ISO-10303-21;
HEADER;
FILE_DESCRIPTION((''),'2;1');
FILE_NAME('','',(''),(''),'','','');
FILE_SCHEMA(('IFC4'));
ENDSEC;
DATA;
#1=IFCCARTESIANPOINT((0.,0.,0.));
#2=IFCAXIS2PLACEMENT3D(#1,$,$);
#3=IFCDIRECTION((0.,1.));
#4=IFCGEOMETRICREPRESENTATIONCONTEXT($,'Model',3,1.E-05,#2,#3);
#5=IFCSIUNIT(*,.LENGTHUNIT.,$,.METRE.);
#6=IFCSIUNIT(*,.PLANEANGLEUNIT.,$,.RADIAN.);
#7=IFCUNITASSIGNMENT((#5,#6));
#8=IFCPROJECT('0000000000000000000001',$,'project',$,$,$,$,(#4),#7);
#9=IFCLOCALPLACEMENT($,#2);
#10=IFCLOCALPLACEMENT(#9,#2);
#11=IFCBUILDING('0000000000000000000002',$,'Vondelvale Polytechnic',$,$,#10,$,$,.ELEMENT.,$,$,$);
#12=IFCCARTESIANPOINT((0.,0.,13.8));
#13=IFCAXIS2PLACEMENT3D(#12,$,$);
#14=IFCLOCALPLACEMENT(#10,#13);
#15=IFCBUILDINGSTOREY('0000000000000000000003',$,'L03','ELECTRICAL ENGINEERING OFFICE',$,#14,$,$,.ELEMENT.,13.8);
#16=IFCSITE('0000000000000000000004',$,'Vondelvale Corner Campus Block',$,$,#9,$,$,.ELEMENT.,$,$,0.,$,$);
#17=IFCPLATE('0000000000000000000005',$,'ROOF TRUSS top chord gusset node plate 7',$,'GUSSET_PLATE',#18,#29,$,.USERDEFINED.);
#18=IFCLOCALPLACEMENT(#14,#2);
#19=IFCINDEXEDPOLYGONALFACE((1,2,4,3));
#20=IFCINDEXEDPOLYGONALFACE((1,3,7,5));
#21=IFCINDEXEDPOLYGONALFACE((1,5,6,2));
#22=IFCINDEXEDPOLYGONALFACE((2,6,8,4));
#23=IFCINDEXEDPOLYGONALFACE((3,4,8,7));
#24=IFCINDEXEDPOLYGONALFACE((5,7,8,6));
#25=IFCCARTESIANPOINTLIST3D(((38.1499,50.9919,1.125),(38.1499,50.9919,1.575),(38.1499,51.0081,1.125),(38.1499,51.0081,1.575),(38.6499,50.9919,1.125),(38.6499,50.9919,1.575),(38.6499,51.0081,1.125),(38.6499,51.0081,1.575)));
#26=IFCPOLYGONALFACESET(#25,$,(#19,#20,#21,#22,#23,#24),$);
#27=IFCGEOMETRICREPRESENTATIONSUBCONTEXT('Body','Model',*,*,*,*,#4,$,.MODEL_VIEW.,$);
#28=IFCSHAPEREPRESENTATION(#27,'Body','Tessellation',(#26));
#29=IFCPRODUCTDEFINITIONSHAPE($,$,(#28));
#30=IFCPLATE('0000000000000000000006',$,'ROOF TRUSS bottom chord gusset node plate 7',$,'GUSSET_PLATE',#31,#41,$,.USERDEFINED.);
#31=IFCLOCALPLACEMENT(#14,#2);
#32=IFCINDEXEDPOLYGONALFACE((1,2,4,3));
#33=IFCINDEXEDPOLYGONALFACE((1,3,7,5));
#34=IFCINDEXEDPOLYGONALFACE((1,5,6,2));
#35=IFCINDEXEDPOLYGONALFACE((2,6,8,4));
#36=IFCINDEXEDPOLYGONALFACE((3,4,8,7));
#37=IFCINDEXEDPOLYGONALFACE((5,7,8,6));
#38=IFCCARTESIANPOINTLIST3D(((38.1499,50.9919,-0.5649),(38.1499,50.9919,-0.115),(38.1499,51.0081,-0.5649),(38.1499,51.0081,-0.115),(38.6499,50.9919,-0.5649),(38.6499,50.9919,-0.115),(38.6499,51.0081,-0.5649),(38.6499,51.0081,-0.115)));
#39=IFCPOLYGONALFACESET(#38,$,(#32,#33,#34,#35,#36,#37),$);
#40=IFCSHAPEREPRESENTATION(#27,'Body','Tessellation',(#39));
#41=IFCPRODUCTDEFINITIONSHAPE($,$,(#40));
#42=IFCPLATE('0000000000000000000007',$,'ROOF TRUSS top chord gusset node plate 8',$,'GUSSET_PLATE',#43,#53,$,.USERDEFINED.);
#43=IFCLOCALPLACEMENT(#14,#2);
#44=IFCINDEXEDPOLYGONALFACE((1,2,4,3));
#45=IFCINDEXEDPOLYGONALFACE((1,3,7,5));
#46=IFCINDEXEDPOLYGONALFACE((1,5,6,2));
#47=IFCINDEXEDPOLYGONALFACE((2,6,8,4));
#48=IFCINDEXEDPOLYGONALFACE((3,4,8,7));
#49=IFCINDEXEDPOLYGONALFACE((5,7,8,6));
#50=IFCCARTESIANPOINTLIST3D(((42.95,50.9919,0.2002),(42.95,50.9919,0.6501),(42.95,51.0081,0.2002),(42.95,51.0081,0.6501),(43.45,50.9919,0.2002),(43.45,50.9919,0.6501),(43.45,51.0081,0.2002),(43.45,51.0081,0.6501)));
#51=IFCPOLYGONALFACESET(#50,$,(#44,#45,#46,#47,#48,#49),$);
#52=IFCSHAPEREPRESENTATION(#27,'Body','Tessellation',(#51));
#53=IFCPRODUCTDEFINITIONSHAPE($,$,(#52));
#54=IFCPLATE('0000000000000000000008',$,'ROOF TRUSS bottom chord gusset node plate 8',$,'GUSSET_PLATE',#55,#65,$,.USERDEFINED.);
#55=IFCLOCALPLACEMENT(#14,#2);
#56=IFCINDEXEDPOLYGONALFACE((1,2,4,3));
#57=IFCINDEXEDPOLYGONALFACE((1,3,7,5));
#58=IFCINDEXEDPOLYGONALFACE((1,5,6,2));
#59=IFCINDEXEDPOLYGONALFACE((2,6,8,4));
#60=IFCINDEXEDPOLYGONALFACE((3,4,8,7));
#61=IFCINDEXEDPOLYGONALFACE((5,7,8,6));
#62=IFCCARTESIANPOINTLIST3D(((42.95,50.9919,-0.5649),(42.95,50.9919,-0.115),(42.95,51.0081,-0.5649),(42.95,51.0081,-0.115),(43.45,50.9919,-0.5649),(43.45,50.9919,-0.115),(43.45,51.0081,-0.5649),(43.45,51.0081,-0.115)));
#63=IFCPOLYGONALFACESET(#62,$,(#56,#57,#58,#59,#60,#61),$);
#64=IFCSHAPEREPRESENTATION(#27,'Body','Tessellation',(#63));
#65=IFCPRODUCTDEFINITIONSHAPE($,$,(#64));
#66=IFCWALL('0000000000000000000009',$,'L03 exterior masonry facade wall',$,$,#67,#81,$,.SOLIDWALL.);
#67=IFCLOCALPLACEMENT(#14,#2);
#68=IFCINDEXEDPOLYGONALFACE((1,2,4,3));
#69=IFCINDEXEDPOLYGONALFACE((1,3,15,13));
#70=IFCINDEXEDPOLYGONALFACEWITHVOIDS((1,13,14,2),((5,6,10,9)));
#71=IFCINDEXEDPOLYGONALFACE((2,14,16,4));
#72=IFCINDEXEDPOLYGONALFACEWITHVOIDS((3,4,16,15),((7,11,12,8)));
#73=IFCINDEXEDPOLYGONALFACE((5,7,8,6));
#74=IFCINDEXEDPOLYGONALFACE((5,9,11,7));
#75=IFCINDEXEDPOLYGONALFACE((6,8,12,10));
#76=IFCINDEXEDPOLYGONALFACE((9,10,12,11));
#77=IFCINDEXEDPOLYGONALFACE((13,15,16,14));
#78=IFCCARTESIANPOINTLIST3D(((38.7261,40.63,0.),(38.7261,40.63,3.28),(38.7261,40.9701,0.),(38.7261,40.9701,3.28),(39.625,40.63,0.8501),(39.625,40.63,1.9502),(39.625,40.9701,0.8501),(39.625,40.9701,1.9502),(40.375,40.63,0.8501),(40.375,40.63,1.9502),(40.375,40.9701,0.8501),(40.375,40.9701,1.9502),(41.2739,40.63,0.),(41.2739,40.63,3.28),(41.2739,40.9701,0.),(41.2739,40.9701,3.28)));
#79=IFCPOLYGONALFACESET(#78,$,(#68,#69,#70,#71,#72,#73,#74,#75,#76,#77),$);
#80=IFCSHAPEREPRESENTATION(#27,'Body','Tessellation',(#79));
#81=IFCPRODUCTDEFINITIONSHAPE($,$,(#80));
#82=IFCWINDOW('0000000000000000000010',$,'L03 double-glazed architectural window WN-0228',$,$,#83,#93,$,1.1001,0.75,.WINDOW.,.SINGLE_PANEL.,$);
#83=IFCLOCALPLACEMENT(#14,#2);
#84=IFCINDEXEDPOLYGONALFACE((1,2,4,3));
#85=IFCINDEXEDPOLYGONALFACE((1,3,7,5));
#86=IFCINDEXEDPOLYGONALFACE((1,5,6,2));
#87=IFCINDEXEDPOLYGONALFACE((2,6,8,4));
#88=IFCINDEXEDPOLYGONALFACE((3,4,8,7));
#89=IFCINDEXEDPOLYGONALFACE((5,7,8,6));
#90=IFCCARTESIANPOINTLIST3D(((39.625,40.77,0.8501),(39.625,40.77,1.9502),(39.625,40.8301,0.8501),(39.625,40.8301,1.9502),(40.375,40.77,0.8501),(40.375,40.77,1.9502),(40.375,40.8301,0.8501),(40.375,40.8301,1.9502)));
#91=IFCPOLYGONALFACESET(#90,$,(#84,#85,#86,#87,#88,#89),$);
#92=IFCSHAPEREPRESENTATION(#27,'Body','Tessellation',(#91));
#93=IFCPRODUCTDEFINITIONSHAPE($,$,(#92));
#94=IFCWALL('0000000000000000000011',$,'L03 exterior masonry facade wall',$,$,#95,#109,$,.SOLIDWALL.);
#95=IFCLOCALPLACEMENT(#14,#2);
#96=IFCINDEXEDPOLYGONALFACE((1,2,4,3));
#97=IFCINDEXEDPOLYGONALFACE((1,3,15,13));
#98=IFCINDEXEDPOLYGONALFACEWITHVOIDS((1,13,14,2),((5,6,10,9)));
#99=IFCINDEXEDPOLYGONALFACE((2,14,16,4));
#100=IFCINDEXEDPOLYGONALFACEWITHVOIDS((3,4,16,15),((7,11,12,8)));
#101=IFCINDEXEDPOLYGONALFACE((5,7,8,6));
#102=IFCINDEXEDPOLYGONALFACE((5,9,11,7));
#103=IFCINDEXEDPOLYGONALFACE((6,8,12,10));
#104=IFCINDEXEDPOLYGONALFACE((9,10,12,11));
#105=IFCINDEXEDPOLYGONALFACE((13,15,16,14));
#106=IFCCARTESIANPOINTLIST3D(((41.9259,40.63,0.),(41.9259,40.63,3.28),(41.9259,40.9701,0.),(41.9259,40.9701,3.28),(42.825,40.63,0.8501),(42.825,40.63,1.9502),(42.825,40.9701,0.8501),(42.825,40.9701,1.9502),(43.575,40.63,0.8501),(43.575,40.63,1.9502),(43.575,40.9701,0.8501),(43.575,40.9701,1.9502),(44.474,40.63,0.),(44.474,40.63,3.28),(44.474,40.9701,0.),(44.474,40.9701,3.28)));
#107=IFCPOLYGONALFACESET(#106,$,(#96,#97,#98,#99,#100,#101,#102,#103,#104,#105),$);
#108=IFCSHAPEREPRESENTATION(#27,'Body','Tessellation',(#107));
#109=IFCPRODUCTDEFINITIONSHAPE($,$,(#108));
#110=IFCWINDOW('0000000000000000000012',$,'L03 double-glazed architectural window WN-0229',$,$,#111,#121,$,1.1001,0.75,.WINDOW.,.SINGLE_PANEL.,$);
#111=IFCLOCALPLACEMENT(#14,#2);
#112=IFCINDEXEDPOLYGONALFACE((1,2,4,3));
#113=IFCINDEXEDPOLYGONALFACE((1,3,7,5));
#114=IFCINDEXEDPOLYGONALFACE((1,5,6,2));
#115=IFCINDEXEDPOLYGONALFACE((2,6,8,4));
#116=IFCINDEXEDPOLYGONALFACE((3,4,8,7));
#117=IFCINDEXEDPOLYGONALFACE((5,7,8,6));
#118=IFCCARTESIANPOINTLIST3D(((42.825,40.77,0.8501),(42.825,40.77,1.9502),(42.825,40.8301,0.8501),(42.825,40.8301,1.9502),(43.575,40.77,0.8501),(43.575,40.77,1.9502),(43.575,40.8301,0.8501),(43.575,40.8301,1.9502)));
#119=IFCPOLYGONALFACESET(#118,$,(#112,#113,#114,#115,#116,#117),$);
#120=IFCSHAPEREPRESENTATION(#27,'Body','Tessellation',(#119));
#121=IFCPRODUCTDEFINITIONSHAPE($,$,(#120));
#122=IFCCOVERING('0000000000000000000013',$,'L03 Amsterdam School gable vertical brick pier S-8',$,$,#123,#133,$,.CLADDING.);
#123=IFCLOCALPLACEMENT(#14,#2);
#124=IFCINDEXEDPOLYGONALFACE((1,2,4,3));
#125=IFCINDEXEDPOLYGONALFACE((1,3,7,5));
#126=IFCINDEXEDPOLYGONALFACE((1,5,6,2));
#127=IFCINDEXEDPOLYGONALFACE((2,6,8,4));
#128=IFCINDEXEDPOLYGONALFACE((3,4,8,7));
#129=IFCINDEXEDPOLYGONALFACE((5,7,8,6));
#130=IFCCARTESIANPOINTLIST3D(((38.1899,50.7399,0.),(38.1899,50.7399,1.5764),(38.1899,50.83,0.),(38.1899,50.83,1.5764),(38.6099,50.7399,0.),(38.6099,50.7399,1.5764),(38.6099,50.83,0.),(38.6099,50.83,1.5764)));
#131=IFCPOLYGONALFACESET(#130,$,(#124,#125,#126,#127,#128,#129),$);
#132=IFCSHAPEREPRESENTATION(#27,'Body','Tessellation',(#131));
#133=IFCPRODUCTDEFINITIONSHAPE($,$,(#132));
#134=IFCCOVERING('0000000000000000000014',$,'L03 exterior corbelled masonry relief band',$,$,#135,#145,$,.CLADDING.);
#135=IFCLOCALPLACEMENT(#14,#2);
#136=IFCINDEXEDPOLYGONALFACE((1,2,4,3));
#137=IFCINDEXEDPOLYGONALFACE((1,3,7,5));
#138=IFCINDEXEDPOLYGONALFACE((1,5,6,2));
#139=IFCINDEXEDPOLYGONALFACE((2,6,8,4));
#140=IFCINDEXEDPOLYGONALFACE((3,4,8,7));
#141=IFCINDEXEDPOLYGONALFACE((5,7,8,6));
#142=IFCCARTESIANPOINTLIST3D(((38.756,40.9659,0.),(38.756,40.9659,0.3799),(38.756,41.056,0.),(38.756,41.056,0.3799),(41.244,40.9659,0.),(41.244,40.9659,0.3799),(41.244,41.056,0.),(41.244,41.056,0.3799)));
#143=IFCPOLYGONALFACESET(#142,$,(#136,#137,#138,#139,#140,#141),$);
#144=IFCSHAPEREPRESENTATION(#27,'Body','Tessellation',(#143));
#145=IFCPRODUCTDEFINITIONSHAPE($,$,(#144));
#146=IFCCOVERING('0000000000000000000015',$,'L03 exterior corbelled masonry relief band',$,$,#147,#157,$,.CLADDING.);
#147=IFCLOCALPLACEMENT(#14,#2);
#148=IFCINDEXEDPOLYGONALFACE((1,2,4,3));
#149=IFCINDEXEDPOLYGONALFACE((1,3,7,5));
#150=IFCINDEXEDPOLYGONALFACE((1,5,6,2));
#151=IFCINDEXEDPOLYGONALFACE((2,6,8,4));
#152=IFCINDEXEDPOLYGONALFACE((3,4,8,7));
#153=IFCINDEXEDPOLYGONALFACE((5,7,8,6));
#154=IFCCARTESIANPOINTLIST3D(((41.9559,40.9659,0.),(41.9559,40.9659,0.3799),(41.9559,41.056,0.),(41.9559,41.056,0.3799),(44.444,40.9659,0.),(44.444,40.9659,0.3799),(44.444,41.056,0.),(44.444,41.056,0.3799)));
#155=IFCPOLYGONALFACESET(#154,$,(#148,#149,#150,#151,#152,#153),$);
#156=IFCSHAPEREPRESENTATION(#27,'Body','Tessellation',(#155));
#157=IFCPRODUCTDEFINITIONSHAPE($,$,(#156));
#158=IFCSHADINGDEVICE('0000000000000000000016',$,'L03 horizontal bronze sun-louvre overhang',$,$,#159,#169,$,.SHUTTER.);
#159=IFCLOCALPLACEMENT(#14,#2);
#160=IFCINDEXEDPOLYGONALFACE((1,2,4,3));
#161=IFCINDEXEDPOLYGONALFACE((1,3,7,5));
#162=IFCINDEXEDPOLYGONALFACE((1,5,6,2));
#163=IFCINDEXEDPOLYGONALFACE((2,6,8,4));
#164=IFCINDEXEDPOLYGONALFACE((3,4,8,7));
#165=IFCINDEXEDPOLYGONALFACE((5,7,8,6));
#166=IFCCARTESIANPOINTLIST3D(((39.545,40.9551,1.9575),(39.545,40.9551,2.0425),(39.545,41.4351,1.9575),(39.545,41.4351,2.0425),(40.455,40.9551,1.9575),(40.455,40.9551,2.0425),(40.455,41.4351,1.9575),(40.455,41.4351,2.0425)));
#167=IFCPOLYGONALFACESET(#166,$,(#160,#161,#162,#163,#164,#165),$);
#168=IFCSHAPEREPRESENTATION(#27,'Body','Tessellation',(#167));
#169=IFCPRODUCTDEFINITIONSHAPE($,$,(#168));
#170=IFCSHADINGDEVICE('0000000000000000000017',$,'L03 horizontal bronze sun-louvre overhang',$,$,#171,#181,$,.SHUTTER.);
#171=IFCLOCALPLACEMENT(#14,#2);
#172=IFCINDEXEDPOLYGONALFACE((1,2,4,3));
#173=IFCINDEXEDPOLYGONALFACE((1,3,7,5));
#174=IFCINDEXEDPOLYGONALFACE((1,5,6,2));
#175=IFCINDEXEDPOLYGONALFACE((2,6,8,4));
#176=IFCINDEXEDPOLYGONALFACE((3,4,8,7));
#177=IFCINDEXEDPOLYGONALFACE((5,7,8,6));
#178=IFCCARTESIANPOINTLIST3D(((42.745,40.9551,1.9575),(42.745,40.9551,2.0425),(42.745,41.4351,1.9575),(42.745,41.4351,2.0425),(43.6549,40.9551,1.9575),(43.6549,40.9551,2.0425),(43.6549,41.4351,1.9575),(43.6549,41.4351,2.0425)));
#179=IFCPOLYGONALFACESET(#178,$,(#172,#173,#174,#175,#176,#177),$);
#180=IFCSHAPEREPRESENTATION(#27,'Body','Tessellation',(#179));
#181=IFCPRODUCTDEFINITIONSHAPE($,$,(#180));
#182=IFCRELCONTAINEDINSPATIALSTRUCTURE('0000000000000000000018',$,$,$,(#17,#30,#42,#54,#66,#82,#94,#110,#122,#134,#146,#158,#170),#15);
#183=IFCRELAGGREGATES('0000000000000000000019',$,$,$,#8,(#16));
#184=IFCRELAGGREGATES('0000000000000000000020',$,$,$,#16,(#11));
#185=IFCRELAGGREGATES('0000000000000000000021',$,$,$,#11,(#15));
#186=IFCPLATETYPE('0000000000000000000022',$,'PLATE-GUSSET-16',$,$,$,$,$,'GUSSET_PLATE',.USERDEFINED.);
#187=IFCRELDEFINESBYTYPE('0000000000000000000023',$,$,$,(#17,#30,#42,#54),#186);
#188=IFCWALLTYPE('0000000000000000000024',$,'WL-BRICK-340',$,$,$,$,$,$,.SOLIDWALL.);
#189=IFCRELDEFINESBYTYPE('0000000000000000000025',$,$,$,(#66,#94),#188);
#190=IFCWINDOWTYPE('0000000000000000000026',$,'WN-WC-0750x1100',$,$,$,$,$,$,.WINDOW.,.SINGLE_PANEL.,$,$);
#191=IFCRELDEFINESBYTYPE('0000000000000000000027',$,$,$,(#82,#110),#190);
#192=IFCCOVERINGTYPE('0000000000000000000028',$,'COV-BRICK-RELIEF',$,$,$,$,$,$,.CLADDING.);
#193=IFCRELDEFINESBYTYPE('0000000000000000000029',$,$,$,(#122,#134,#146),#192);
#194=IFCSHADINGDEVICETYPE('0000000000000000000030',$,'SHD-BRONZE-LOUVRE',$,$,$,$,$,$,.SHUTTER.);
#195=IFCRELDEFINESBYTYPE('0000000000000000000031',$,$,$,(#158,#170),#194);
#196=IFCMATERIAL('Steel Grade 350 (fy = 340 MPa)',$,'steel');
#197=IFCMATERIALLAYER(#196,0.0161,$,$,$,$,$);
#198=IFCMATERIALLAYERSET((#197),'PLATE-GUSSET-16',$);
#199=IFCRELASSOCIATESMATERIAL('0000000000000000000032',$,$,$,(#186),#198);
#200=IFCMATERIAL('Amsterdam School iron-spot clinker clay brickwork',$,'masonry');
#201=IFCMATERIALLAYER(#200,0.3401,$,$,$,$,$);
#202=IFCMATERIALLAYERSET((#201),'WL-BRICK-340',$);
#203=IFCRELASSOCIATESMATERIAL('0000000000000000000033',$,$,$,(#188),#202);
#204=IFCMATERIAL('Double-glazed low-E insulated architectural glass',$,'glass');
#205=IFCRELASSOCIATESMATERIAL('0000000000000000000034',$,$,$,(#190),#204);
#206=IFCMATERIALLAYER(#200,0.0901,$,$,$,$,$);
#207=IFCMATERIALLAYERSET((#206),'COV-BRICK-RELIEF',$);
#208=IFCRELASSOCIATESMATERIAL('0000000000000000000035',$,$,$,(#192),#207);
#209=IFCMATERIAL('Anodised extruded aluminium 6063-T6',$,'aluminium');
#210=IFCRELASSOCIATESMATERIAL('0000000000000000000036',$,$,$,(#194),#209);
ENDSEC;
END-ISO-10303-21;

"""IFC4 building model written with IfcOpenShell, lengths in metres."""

from ifc_helpers import new_model, si_unit, direction, frame, frame_2d, origin, origin_2d, place, context, subcontext, project, spatial, rectangle, extrude, material, layer, layer_set, type_object, element, fill, save


model = new_model("IFC4")

# Units and contexts
model_context = context("Model", 3, precision=1e-05, world=origin(), true_north=direction((0.0, 1.0)))
body_context = subcontext(model_context, "Body", "Model", "MODEL_VIEW")
ifc_project = project(units=[si_unit("LENGTHUNIT", "METRE"), si_unit("PLANEANGLEUNIT", "RADIAN")], contexts=[model_context])

# Site, building, storey
site_placement = place(None, origin())
site = spatial("IfcSite", under=ifc_project, at=site_placement, Name="Vondelvale Corner Campus Block", CompositionType="ELEMENT", RefElevation=0.0)
building_placement = place(site_placement, origin())
building = spatial("IfcBuilding", under=site, at=building_placement, Name="Vondelvale Polytechnic", CompositionType="ELEMENT")
storey_placement = place(building_placement, frame((0.0, 0.0, 13.8)))
storey = spatial("IfcBuildingStorey", under=building, at=storey_placement, Name="L03", Description="ELECTRICAL ENGINEERING OFFICE", CompositionType="ELEMENT", Elevation=13.8)

# Plates
ifc_material_1 = material(Name="Steel Grade 350 (fy = 340 MPa)", Category="steel")
ifc_layer_1 = layer(ifc_material_1, 0.0161)
ifc_layer_set_1 = layer_set([ifc_layer_1], Name="PLATE-GUSSET-16")
plate_type_1 = type_object("IfcPlateType", Name="PLATE-GUSSET-16", ElementType="GUSSET_PLATE", PredefinedType="USERDEFINED", material=ifc_layer_set_1)
for number, where, z_axis, x_axis, name in (
    (1, (38.3999, 51.0, 1.125), (0.0, 0.0, 1.0), (1.0, 0.0, 0.0), "ROOF TRUSS top chord gusset node plate 7"),
    (2, (38.3999, 51.0, -0.5649), (0.0, 0.0, 1.0), (1.0, 0.0, 0.0), "ROOF TRUSS bottom chord gusset node plate 7"),
    (3, (43.2, 51.0, 0.2002), (0.0, 0.0, 1.0), (1.0, 0.0, 0.0), "ROOF TRUSS top chord gusset node plate 8"),
    (4, (43.2, 51.0, -0.5649), (0.0, 0.0, 1.0), (1.0, 0.0, 0.0), "ROOF TRUSS bottom chord gusset node plate 8"),
):
    element("IfcPlate", number, at=place(storey_placement, frame(where, z_axis=z_axis, x_axis=x_axis)), inside=storey, type_object=plate_type_1, Name=name, ObjectType="GUSSET_PLATE", PredefinedType="USERDEFINED", context=body_context, shape_type="SweptSolid", body=[
        extrude(rectangle(XDim=0.5, YDim=0.0161, at=origin_2d()), origin(), (0.0, 0.0, 1.0), 0.45),
    ])

# Walls, openings, windows
ifc_material_2 = material(Name="Amsterdam School iron-spot clinker clay brickwork", Category="masonry")
ifc_layer_2 = layer(ifc_material_2, 0.3401)
ifc_layer_set_2 = layer_set([ifc_layer_2], Name="WL-BRICK-340")
wall_type = type_object("IfcWallType", Name="WL-BRICK-340", PredefinedType="SOLIDWALL", material=ifc_layer_set_2)
wall_1_placement = place(storey_placement, frame((38.7261, 40.8, 0.0), z_axis=(0.0, 0.0, 1.0), x_axis=(1.0, 0.0, 0.0)))
wall_1 = element("IfcWall", 5, at=wall_1_placement, inside=storey, type_object=wall_type, Name="L03 exterior masonry facade wall", PredefinedType="SOLIDWALL", context=body_context, shape_type="SweptSolid", body=[
    extrude(rectangle(XDim=2.5479, YDim=0.3401, at=frame_2d((1.2739, 0.0))), origin(), (0.0, 0.0, 1.0), 3.28),
])
opening_1_placement = place(wall_1_placement, frame((0.8989, 0.0, 0.8501)))
opening_1 = element("IfcOpeningElement", 6, at=opening_1_placement, cuts=wall_1, PredefinedType="OPENING", context=body_context, shape_type="SweptSolid", body=[
    extrude(rectangle(XDim=0.75, YDim=1.1001, at=frame_2d((0.375, 0.55))), frame((0.0, 0.1799, 0.0), z_axis=(0.0, -1.0, 0.0), x_axis=(1.0, 0.0, 0.0)), (0.0, 0.0, 1.0), 0.3601),
])
ifc_material_3 = material(Name="Double-glazed low-E insulated architectural glass", Category="glass")
window_type = type_object("IfcWindowType", Name="WN-WC-0750x1100", PartitioningType="SINGLE_PANEL", PredefinedType="WINDOW", material=ifc_material_3)
window_1_placement = place(opening_1_placement, origin())
window_1 = element("IfcWindow", 7, at=window_1_placement, inside=storey, type_object=window_type, Name="L03 double-glazed architectural window WN-0228", OverallHeight=1.1001, OverallWidth=0.75, PartitioningType="SINGLE_PANEL", PredefinedType="WINDOW", context=body_context, shape_type="SweptSolid", body=[
    extrude(rectangle(XDim=0.75, YDim=1.1001, at=frame_2d((0.375, 0.55))), frame((0.0, 0.03, 0.0), z_axis=(0.0, -1.0, 0.0), x_axis=(1.0, 0.0, 0.0)), (0.0, 0.0, 1.0), 0.0601),
])
fill(opening_1, window_1)
wall_2_placement = place(storey_placement, frame((41.926, 40.8, 0.0), z_axis=(0.0, 0.0, 1.0), x_axis=(1.0, 0.0, 0.0)))
wall_2 = element("IfcWall", 8, at=wall_2_placement, inside=storey, type_object=wall_type, Name="L03 exterior masonry facade wall", PredefinedType="SOLIDWALL", context=body_context, shape_type="SweptSolid", body=[
    extrude(rectangle(XDim=2.5481, YDim=0.3401, at=frame_2d((1.2739, 0.0))), origin(), (0.0, 0.0, 1.0), 3.28),
])
opening_2_placement = place(wall_2_placement, frame((0.8989, 0.0, 0.8501)))
opening_2 = element("IfcOpeningElement", 9, at=opening_2_placement, cuts=wall_2, PredefinedType="OPENING", context=body_context, shape_type="SweptSolid", body=[
    extrude(rectangle(XDim=0.75, YDim=1.1001, at=frame_2d((0.375, 0.55))), frame((0.0, 0.1799, 0.0), z_axis=(0.0, -1.0, 0.0), x_axis=(1.0, 0.0, 0.0)), (0.0, 0.0, 1.0), 0.3601),
])
window_2_placement = place(opening_2_placement, origin())
window_2 = element("IfcWindow", 10, at=window_2_placement, inside=storey, type_object=window_type, Name="L03 double-glazed architectural window WN-0229", OverallHeight=1.1001, OverallWidth=0.75, PartitioningType="SINGLE_PANEL", PredefinedType="WINDOW", context=body_context, shape_type="SweptSolid", body=[
    extrude(rectangle(XDim=0.75, YDim=1.1001, at=frame_2d((0.375, 0.55))), frame((0.0, 0.03, 0.0), z_axis=(0.0, -1.0, 0.0), x_axis=(1.0, 0.0, 0.0)), (0.0, 0.0, 1.0), 0.0601),
])
fill(opening_2, window_2)

# Coverings
ifc_layer_3 = layer(ifc_material_2, 0.0901)
ifc_layer_set_3 = layer_set([ifc_layer_3], Name="COV-BRICK-RELIEF")
covering_type = type_object("IfcCoveringType", Name="COV-BRICK-RELIEF", PredefinedType="CLADDING", material=ifc_layer_set_3)
covering_placement = place(storey_placement, frame((38.3999, 50.7849, 0.0), z_axis=(0.0, 0.0, 1.0), x_axis=(1.0, 0.0, 0.0)))
element("IfcCovering", 11, at=covering_placement, inside=storey, type_object=covering_type, Name="L03 Amsterdam School gable vertical brick pier S-8", PredefinedType="CLADDING", context=body_context, shape_type="SweptSolid", body=[
    extrude(rectangle(XDim=0.4199, YDim=0.0901, at=origin_2d()), origin(), (0.0, 0.0, 1.0), 1.5764),
])
for number, where, z_axis, x_axis, name in (
    (12, (40.0, 41.011, 0.0), (0.0, 0.0, 1.0), (1.0, 0.0, 0.0), "L03 exterior corbelled masonry relief band"),
    (13, (43.2, 41.011, 0.0), (0.0, 0.0, 1.0), (1.0, 0.0, 0.0), "L03 exterior corbelled masonry relief band"),
):
    element("IfcCovering", number, at=place(storey_placement, frame(where, z_axis=z_axis, x_axis=x_axis)), inside=storey, type_object=covering_type, Name=name, PredefinedType="CLADDING", context=body_context, shape_type="SweptSolid", body=[
        extrude(rectangle(XDim=2.488, YDim=0.0901, at=origin_2d()), origin(), (0.0, 0.0, 1.0), 0.3799),
    ])

# Shading devices
ifc_material_4 = material(Name="Anodised extruded aluminium 6063-T6", Category="aluminium")
shading_device_type = type_object("IfcShadingDeviceType", Name="SHD-BRONZE-LOUVRE", PredefinedType="SHUTTER", material=ifc_material_4)
for number, where, z_axis, x_axis, name in (
    (14, (40.0, 41.1951, 1.9575), (0.0, 0.0, 1.0), (1.0, 0.0, 0.0), "L03 horizontal bronze sun-louvre overhang"),
    (15, (43.2, 41.1951, 1.9575), (0.0, 0.0, 1.0), (1.0, 0.0, 0.0), "L03 horizontal bronze sun-louvre overhang"),
):
    element("IfcShadingDevice", number, at=place(storey_placement, frame(where, z_axis=z_axis, x_axis=x_axis)), inside=storey, type_object=shading_device_type, Name=name, PredefinedType="SHUTTER", context=body_context, shape_type="SweptSolid", body=[
        extrude(rectangle(XDim=0.9099, YDim=0.48, at=origin_2d()), origin(), (0.0, 0.0, 1.0), 0.085),
    ])

save(model, "model.ifc")
